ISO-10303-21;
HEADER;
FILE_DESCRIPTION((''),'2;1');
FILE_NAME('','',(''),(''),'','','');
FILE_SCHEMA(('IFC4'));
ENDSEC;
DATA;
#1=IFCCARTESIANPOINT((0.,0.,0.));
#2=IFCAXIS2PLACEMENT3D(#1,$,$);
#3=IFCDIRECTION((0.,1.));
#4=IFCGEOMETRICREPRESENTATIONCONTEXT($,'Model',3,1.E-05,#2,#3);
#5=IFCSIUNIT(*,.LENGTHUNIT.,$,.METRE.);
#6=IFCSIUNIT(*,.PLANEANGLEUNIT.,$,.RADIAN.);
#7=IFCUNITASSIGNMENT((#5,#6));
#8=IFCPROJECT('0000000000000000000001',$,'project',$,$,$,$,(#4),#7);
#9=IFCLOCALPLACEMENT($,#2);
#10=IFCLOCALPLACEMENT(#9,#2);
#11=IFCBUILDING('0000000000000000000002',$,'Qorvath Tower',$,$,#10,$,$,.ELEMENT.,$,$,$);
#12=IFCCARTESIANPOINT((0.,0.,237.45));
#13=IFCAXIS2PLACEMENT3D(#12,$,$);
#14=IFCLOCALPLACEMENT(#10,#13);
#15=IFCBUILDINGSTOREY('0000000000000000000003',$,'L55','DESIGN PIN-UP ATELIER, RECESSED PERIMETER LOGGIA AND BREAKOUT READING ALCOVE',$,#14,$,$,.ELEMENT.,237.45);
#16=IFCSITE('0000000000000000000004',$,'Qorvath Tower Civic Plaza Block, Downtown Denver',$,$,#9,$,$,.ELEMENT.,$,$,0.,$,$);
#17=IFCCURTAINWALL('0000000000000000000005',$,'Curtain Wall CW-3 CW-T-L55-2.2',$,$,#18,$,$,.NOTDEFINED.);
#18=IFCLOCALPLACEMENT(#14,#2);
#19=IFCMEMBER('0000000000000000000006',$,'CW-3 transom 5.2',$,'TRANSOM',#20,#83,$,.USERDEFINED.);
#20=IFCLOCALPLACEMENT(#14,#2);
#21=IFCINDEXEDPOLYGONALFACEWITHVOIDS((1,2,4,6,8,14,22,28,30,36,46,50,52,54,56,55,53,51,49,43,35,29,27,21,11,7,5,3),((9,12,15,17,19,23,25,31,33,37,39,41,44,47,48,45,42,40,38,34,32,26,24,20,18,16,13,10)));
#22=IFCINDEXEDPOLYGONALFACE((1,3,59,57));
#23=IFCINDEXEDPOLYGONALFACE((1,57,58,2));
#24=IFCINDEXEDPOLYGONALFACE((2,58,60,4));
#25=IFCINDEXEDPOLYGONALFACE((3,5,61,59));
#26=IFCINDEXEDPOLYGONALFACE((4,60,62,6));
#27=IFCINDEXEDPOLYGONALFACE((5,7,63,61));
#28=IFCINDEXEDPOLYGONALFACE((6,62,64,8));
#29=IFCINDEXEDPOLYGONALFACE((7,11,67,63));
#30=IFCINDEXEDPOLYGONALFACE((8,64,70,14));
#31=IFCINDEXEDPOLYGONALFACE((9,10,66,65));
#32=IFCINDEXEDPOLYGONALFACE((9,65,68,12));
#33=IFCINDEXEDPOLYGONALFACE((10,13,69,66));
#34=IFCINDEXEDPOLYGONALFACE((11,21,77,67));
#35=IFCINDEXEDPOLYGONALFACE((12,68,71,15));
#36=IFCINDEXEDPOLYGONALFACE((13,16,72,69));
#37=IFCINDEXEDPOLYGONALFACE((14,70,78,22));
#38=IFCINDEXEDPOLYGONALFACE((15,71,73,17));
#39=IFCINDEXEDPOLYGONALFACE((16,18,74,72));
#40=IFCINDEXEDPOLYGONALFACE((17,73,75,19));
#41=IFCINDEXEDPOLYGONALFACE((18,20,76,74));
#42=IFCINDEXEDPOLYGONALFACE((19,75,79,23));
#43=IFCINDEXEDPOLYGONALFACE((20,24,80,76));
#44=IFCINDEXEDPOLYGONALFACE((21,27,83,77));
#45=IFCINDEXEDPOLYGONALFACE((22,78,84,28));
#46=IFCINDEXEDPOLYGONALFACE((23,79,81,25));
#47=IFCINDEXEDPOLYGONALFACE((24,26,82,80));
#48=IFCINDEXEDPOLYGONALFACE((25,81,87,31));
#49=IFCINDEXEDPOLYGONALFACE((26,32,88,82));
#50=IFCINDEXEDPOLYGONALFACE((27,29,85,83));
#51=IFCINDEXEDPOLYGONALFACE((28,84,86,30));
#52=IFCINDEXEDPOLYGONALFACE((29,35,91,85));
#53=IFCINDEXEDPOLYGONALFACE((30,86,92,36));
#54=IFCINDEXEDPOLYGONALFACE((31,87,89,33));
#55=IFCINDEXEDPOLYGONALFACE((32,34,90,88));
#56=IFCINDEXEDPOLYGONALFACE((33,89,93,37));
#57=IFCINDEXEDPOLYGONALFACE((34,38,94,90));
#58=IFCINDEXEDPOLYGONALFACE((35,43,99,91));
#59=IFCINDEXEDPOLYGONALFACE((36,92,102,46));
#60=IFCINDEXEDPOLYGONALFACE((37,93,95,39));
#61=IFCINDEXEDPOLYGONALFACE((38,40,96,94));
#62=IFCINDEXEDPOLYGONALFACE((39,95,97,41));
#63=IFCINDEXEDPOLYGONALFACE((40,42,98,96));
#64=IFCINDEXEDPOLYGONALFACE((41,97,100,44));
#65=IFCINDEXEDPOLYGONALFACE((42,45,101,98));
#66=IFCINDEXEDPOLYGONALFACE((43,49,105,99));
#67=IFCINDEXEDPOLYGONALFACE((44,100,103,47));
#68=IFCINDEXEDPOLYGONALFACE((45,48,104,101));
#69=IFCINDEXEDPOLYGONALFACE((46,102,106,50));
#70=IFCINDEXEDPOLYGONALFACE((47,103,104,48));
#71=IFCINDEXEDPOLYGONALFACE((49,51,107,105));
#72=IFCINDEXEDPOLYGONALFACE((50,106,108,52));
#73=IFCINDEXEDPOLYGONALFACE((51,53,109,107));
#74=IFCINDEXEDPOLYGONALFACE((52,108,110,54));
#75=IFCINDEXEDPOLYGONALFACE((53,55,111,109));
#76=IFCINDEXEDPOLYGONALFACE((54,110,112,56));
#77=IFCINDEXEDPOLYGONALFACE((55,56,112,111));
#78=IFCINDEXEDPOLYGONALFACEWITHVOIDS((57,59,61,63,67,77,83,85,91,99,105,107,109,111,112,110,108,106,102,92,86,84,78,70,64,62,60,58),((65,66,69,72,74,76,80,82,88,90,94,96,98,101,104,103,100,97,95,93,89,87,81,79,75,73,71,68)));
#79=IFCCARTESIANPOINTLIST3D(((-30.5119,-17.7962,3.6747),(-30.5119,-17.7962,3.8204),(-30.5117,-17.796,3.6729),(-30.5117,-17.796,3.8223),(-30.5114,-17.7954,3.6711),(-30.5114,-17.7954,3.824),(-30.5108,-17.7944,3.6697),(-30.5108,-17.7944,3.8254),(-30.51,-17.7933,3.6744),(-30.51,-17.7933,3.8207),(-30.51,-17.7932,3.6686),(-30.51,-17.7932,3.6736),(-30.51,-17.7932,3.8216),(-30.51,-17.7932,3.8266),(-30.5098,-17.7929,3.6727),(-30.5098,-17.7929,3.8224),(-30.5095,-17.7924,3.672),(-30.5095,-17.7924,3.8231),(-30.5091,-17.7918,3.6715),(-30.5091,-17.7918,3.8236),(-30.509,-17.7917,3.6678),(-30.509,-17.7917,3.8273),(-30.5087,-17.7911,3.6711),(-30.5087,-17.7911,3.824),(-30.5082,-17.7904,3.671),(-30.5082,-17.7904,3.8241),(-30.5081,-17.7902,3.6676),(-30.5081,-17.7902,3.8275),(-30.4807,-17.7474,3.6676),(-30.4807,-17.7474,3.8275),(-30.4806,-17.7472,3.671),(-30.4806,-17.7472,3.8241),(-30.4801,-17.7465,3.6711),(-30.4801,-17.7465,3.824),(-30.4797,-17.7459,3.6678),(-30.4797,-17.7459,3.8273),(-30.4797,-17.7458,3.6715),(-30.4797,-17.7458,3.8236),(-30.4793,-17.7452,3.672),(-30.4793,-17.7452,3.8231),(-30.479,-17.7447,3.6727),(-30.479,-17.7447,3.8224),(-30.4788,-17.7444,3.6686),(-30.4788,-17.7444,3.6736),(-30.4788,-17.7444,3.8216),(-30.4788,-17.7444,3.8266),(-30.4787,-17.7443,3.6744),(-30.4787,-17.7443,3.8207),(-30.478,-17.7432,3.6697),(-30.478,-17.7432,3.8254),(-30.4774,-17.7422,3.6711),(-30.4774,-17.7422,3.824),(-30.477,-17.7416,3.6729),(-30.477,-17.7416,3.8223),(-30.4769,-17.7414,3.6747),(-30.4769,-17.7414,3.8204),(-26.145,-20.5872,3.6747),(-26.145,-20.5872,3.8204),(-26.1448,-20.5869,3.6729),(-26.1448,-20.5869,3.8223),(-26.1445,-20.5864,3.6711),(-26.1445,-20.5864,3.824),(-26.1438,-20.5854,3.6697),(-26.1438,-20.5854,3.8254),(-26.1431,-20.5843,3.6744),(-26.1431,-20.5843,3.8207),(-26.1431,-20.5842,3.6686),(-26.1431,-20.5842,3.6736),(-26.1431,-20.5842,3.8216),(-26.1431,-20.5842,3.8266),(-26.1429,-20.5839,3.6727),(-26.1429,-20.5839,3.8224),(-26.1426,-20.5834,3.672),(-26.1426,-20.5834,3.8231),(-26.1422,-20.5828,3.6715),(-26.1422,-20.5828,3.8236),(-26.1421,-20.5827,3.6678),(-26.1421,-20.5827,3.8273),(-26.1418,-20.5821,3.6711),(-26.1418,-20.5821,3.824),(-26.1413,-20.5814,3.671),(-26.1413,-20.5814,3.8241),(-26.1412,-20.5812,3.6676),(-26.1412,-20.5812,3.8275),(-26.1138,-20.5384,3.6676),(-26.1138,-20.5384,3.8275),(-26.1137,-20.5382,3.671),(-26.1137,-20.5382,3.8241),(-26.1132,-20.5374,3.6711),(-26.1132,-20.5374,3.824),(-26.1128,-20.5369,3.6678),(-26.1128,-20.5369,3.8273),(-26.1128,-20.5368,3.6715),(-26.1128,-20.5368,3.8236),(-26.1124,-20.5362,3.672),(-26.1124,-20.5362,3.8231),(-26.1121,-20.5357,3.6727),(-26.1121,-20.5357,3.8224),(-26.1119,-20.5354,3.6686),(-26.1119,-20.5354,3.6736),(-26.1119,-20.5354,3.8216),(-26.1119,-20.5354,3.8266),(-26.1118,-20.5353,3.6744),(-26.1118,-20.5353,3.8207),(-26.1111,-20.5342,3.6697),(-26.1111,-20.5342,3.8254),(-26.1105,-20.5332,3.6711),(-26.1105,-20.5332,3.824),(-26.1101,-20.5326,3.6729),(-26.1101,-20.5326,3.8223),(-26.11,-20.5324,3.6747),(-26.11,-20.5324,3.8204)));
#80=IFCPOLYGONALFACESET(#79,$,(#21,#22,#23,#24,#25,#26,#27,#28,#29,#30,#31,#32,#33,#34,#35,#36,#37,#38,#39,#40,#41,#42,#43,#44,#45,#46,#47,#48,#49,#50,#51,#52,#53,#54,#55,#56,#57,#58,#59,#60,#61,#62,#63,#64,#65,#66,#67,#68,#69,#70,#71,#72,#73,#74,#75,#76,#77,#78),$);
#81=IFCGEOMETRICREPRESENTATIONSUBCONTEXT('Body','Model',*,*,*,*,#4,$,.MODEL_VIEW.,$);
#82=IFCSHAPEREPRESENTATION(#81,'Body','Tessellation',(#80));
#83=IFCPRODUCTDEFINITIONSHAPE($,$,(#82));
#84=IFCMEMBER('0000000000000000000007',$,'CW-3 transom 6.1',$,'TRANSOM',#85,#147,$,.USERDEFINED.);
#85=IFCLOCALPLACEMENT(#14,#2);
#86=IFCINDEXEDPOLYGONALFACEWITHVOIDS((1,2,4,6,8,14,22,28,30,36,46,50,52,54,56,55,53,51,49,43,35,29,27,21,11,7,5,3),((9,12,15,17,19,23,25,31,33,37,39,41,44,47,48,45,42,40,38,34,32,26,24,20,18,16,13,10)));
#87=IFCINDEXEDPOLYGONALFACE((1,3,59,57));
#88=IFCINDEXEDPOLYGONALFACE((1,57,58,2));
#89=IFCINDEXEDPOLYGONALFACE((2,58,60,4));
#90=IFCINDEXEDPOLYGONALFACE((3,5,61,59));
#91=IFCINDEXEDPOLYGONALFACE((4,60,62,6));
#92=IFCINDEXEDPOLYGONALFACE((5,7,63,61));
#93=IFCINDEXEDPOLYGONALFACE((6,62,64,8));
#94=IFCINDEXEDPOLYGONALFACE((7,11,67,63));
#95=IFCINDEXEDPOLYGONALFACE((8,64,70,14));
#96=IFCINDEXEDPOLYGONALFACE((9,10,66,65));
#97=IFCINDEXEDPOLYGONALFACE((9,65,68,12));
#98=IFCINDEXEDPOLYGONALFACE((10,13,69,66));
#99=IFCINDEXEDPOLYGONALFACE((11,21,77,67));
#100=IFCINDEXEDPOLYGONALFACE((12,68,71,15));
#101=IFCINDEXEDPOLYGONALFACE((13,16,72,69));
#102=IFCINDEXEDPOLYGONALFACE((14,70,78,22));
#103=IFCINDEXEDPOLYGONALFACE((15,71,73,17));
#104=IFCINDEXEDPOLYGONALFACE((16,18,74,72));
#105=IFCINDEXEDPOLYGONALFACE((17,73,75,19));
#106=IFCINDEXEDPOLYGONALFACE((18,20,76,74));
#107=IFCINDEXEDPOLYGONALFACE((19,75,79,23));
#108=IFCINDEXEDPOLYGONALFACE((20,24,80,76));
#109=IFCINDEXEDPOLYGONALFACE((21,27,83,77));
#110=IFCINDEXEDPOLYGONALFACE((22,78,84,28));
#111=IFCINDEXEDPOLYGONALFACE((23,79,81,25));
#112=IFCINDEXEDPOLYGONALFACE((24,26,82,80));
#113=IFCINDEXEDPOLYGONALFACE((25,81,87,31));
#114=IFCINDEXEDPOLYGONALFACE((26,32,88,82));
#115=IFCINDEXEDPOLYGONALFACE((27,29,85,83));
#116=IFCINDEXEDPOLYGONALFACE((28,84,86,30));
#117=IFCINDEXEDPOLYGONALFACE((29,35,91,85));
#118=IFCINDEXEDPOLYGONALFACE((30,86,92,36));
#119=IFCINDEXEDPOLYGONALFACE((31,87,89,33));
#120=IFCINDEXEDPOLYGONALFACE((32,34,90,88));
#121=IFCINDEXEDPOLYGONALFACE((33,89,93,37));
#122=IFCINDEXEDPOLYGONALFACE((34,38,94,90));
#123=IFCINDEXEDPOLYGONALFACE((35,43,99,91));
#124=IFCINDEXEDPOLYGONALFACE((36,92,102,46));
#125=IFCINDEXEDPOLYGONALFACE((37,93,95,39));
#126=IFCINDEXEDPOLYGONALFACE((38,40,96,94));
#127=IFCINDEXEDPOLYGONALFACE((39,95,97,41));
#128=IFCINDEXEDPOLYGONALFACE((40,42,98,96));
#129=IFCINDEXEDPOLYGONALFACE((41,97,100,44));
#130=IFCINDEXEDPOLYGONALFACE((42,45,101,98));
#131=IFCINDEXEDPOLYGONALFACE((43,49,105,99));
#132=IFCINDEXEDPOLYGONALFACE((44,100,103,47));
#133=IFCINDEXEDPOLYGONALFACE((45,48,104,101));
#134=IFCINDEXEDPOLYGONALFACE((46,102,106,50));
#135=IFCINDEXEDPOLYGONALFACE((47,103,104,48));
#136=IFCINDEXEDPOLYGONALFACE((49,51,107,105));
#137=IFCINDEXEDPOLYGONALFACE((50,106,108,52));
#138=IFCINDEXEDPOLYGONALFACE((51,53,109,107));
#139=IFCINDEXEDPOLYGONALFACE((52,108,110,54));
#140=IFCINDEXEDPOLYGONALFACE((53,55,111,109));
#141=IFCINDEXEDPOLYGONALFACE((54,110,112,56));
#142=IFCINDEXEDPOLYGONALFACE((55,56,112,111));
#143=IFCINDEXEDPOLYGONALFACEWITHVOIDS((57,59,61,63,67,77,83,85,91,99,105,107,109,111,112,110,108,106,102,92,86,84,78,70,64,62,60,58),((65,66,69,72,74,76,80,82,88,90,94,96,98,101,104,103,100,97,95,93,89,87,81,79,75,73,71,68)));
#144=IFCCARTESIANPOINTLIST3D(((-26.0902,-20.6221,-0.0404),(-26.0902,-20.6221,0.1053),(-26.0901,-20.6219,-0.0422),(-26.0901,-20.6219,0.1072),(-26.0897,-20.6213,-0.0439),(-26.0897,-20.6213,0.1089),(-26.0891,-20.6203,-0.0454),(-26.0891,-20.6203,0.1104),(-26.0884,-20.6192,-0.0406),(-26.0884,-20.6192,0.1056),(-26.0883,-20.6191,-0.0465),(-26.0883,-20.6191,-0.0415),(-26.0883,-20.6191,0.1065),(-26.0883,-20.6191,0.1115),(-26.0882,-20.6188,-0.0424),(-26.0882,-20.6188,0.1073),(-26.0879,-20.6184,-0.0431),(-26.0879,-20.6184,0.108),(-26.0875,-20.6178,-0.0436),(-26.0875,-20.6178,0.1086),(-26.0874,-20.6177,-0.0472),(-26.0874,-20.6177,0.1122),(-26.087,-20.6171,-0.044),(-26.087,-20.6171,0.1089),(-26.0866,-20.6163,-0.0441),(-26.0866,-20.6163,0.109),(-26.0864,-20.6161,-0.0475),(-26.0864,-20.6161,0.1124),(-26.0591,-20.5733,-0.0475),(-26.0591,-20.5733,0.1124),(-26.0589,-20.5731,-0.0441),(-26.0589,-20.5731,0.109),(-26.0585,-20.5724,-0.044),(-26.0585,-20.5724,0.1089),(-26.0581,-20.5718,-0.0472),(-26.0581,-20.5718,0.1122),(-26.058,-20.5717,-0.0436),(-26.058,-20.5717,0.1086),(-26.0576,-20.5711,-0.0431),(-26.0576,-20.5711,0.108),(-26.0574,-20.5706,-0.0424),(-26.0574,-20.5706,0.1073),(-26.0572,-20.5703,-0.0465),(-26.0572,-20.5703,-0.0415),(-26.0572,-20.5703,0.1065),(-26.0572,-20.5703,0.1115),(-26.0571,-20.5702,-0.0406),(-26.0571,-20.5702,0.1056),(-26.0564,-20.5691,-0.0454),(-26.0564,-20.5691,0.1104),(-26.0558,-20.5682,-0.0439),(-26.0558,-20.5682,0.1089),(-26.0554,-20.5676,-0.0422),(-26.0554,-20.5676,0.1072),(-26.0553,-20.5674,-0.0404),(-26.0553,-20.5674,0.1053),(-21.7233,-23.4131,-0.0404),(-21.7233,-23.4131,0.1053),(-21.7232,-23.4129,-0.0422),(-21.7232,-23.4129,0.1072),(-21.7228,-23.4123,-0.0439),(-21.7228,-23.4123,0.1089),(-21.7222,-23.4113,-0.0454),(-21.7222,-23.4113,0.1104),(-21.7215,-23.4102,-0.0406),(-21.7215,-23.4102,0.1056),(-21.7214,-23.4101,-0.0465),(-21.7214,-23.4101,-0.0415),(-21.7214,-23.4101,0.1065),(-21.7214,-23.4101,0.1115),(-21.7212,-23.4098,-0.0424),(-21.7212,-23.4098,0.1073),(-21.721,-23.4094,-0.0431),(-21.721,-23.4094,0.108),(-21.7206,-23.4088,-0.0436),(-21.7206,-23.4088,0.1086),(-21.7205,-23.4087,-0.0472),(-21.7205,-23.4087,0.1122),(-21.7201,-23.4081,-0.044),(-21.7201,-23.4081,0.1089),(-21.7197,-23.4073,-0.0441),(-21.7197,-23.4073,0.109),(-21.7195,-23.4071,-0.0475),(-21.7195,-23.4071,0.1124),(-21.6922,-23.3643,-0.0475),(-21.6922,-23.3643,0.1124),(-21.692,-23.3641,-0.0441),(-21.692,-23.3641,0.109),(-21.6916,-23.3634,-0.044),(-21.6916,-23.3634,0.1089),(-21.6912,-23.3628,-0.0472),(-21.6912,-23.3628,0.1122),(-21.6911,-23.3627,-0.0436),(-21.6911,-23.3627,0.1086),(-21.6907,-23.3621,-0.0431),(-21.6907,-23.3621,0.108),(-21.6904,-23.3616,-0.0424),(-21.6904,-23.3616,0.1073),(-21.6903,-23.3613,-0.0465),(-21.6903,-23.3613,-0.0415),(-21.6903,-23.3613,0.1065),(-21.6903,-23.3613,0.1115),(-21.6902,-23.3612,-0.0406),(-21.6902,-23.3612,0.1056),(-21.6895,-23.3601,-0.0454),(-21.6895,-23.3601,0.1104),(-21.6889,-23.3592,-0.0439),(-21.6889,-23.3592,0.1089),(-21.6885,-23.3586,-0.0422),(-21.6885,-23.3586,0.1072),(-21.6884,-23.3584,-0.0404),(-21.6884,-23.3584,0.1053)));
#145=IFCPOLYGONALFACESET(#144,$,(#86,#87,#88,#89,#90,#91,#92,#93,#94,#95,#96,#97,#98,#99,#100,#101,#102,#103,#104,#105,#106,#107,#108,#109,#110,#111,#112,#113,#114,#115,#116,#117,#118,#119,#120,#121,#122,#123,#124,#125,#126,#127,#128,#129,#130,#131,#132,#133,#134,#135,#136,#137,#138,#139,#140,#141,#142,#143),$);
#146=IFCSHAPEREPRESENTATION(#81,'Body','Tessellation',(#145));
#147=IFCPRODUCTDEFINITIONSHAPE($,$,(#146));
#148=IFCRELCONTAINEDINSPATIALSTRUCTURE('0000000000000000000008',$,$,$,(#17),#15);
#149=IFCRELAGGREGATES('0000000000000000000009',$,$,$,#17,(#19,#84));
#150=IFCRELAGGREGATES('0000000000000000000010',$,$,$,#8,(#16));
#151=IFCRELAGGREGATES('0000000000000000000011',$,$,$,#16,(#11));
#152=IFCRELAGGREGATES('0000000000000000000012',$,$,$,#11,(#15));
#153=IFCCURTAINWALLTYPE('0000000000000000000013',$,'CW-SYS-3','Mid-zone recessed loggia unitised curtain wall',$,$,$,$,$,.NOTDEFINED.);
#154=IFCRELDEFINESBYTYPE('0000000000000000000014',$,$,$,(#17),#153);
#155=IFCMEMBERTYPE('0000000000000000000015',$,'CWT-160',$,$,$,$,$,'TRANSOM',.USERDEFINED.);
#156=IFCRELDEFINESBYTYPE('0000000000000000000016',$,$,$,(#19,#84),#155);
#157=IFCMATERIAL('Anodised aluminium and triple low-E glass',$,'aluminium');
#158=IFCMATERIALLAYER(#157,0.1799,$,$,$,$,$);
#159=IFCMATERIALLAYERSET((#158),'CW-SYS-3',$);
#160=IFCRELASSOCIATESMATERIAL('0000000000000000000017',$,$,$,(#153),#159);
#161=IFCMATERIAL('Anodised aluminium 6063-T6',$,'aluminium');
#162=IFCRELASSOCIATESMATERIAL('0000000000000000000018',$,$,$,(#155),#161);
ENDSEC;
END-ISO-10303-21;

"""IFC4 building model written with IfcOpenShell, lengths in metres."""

from ifc_helpers import new_model, si_unit, direction, frame, origin, origin_2d, place, context, subcontext, project, spatial, hollow_rectangle, extrude, material, layer, layer_set, material_profile, profile_set, type_object, element, aggregate, save


model = new_model("IFC4")

# Units and contexts
model_context = context("Model", 3, precision=1e-05, world=origin(), true_north=direction((0.0, 1.0)))
body_context = subcontext(model_context, "Body", "Model", "MODEL_VIEW")
ifc_project = project(units=[si_unit("LENGTHUNIT", "METRE"), si_unit("PLANEANGLEUNIT", "RADIAN")], contexts=[model_context])

# Site, building, storey
site_placement = place(None, origin())
site = spatial("IfcSite", under=ifc_project, at=site_placement, Name="Qorvath Tower Civic Plaza Block, Downtown Denver", CompositionType="ELEMENT", RefElevation=0.0)
building_placement = place(site_placement, origin())
building = spatial("IfcBuilding", under=site, at=building_placement, Name="Qorvath Tower", CompositionType="ELEMENT")
storey_placement = place(building_placement, frame((0.0, 0.0, 237.45)))
storey = spatial("IfcBuildingStorey", under=building, at=storey_placement, Name="L55", Description="DESIGN PIN-UP ATELIER, RECESSED PERIMETER LOGGIA AND BREAKOUT READING ALCOVE", CompositionType="ELEMENT", Elevation=237.45)

# Curtain wall, members
ifc_material_1 = material(Name="Anodised aluminium and triple low-E glass", Category="aluminium")
ifc_layer_1 = layer(ifc_material_1, 0.1799)
ifc_layer_set_1 = layer_set([ifc_layer_1], Name="CW-SYS-3")
curtain_wall_type = type_object("IfcCurtainWallType", Name="CW-SYS-3", Description="Mid-zone recessed loggia unitised curtain wall", PredefinedType="NOTDEFINED", material=ifc_layer_set_1)
curtain_wall_placement = place(storey_placement, origin())
curtain_wall = element("IfcCurtainWall", 1, at=curtain_wall_placement, inside=storey, type_object=curtain_wall_type, Name="Curtain Wall CW-3 CW-T-L55-2.2", PredefinedType="NOTDEFINED")
ifc_material_2 = material(Name="Anodised aluminium 6063-T6", Category="aluminium")
ifc_material_profile_1 = material_profile(ifc_material_2, hollow_rectangle(XDim=0.0649, YDim=0.1599, WallThickness=0.0034, InnerFilletRadius=0.0034, OuterFilletRadius=0.0071, at=origin_2d()), Name="CWT 160x65")
ifc_profile_set_1 = profile_set([ifc_material_profile_1], Name="Anodised aluminium 6063-T6")
member_type_1 = type_object("IfcMemberType", Name="CWT-160", ElementType="TRANSOM", PredefinedType="USERDEFINED", material=ifc_profile_set_1)
member_1_placement = place(storey_placement, frame((-30.4944, -17.7688, 3.7476), z_axis=(0.842607, -0.53853, 0.0), x_axis=(0.53853, 0.842607, 0.0)))
member_1 = element("IfcMember", 2, at=member_1_placement, type_object=member_type_1, Name="CW-3 transom 5.2", ObjectType="TRANSOM", PredefinedType="USERDEFINED", context=body_context, shape_type="SweptSolid", body=[
    extrude(hollow_rectangle(XDim=0.0649, YDim=0.1599, WallThickness=0.0034, InnerFilletRadius=0.0034, OuterFilletRadius=0.0071, at=origin_2d()), origin(), (0.0, 0.0, 1.0), 5.1826),
])
member_2_placement = place(storey_placement, frame((-26.0728, -20.5947, 0.0325), z_axis=(0.842607, -0.53853, 0.0), x_axis=(0.53853, 0.842607, 0.0)))
member_2 = element("IfcMember", 3, at=member_2_placement, type_object=member_type_1, Name="CW-3 transom 6.1", ObjectType="TRANSOM", PredefinedType="USERDEFINED", context=body_context, shape_type="SweptSolid", body=[
    extrude(hollow_rectangle(XDim=0.0649, YDim=0.1599, WallThickness=0.0034, InnerFilletRadius=0.0034, OuterFilletRadius=0.0071, at=origin_2d()), origin(), (0.0, 0.0, 1.0), 5.1826),
])
aggregate(curtain_wall, [member_1, member_2])

save(model, "model.ifc")
